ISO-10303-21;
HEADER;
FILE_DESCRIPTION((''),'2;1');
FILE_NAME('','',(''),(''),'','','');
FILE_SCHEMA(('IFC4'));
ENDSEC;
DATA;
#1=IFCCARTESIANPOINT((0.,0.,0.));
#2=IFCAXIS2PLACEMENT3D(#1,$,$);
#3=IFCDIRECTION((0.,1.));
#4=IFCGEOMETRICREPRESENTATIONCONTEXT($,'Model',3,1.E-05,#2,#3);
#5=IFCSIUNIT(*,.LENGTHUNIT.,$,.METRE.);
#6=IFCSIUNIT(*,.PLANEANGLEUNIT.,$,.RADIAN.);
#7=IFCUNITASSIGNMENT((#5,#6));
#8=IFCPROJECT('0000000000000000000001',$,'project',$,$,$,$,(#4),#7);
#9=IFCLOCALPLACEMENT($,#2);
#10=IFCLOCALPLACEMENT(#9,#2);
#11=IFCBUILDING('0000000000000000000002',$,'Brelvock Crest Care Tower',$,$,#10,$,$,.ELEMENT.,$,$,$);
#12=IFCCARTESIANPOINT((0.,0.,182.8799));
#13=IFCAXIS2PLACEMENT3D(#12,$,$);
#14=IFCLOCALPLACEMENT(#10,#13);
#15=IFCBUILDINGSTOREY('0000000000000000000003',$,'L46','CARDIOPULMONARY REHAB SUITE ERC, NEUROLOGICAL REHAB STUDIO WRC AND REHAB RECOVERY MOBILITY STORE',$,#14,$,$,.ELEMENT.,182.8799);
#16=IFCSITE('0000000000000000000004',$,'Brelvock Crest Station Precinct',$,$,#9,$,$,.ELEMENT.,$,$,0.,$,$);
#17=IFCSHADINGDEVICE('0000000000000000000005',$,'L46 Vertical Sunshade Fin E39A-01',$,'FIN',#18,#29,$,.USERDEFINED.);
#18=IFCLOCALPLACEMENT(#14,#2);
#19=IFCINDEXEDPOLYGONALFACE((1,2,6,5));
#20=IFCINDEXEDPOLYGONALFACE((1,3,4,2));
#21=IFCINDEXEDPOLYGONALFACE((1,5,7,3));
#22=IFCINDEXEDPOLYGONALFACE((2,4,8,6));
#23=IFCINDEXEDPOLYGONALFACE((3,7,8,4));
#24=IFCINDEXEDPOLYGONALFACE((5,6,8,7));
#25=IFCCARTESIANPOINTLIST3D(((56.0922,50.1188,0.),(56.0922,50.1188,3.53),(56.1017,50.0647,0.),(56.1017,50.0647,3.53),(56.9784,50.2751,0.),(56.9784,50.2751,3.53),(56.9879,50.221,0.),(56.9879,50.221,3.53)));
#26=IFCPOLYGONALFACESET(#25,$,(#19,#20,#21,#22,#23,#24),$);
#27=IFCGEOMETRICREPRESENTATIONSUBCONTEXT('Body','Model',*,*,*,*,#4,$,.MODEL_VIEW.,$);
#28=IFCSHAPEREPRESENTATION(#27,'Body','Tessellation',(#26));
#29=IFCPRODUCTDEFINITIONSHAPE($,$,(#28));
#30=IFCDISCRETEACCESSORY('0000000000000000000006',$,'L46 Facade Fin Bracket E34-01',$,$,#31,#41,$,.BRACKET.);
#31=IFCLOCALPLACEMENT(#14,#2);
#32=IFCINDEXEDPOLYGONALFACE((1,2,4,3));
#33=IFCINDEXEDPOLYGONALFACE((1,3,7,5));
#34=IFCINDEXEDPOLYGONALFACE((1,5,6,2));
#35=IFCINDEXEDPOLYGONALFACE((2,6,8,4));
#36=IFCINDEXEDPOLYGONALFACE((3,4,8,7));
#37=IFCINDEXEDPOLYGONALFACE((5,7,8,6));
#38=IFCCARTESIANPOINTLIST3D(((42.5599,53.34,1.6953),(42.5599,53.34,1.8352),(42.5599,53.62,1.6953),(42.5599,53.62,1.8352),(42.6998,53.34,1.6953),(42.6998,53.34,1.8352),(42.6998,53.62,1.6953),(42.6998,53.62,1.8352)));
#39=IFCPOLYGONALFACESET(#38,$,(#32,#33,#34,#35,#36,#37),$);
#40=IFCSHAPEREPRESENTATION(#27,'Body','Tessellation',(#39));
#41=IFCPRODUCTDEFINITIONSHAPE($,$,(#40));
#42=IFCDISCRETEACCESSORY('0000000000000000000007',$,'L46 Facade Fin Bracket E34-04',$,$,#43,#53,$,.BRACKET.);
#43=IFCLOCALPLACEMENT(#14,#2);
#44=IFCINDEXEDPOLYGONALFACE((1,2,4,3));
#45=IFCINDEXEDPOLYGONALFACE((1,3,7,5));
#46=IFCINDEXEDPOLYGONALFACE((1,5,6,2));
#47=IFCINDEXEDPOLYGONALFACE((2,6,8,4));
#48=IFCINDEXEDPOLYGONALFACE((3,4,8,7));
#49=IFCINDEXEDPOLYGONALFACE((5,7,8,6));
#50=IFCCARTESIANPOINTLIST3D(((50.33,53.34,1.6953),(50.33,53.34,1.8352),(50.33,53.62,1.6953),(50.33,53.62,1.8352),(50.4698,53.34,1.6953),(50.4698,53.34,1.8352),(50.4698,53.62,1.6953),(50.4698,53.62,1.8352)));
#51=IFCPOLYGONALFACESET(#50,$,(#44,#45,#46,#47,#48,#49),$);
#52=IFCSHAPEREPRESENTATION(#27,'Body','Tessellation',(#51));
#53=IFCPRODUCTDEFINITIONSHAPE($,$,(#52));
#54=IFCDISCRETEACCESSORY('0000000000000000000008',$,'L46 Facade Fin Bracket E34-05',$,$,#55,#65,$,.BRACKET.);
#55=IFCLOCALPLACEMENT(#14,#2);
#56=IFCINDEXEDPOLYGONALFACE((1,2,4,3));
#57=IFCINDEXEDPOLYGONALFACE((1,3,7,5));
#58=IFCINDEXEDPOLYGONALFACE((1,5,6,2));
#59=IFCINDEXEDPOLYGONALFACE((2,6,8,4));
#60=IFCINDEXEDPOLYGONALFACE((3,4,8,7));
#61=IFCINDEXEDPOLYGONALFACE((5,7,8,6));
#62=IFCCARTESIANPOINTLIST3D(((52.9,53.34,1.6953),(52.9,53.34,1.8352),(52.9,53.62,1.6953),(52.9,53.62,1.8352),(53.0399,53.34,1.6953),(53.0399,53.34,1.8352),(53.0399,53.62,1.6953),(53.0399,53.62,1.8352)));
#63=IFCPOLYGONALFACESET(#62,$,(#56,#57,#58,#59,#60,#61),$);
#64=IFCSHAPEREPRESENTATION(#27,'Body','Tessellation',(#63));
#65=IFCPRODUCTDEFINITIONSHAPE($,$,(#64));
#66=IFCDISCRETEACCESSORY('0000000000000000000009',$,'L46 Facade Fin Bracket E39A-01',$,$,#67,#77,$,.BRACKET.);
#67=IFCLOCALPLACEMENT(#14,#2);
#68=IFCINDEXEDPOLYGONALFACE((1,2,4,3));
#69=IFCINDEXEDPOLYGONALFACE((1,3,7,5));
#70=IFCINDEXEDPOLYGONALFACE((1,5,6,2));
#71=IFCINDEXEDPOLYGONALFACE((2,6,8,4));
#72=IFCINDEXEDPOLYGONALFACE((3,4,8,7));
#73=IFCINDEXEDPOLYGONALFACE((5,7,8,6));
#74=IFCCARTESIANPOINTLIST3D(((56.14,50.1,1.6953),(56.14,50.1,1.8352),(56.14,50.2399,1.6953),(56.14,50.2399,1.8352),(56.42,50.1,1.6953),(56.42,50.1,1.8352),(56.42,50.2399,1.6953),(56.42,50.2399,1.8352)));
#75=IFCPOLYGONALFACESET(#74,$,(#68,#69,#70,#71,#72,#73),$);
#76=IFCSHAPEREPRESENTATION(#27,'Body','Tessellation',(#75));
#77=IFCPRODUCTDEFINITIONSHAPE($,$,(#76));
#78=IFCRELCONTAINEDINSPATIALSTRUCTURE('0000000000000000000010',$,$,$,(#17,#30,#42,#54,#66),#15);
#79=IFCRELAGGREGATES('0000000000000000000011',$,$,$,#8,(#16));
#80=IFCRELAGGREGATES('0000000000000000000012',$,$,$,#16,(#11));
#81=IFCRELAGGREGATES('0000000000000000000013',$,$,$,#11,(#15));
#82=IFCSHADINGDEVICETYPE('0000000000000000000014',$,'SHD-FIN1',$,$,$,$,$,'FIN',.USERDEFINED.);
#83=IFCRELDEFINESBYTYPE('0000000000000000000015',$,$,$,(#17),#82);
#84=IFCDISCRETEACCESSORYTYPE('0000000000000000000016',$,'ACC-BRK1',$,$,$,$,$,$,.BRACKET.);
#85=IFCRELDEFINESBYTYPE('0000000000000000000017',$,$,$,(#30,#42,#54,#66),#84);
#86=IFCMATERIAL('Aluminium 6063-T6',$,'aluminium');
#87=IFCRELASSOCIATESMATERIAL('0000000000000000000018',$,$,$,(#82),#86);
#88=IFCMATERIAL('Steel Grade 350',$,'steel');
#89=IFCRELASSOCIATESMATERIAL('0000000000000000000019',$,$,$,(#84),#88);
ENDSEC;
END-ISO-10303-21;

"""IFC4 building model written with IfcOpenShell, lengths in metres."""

from ifc_helpers import new_model, si_unit, direction, frame, origin, origin_2d, place, context, subcontext, project, spatial, rectangle, extrude, source, transform, mapped, material, material_profile, profile_set, type_object, element, save


model = new_model("IFC4")

# Units and contexts
model_context = context("Model", 3, precision=1e-05, world=origin(), true_north=direction((0.0, 1.0)))
body_context = subcontext(model_context, "Body", "Model", "MODEL_VIEW")
ifc_project = project(units=[si_unit("LENGTHUNIT", "METRE"), si_unit("PLANEANGLEUNIT", "RADIAN")], contexts=[model_context])

# Site, building, storey
site_placement = place(None, origin())
site = spatial("IfcSite", under=ifc_project, at=site_placement, Name="Brelvock Crest Station Precinct", CompositionType="ELEMENT", RefElevation=0.0)
building_placement = place(site_placement, origin())
building = spatial("IfcBuilding", under=site, at=building_placement, Name="Brelvock Crest Care Tower", CompositionType="ELEMENT")
storey_placement = place(building_placement, frame((0.0, 0.0, 182.8799)))
storey = spatial("IfcBuildingStorey", under=building, at=storey_placement, Name="L46", Description="CARDIOPULMONARY REHAB SUITE ERC, NEUROLOGICAL REHAB STUDIO WRC AND REHAB RECOVERY MOBILITY STORE", CompositionType="ELEMENT", Elevation=182.8799)

# Shared definitions
ifc_material_1 = material(Name="Aluminium 6063-T6", Category="aluminium")

# Shading device
ifc_material_profile_1 = material_profile(ifc_material_1, rectangle(XDim=0.0549, YDim=0.8999, at=origin_2d()), Name="FIN55x900")
ifc_profile_set_1 = profile_set([ifc_material_profile_1], Name="Aluminium 6063-T6")
shading_device_type = type_object("IfcShadingDeviceType", Name="SHD-FIN1", ElementType="FIN", PredefinedType="USERDEFINED", material=ifc_profile_set_1)
shared_shape_1 = source(origin(), body_context, "Body", "SweptSolid", [
    extrude(rectangle(XDim=0.0549, YDim=0.8999, at=origin_2d()), origin(), (0.0, 0.0, 1.0), 3.53),
])
for number, where, z_axis, x_axis, name in (
    (1, (56.54, 50.1699, 0.0), (0.0, 0.0, 1.0), (0.173648, -0.984808, 0.0), "L46 Vertical Sunshade Fin E39A-01"),
):
    element("IfcShadingDevice", number, at=place(storey_placement, frame(where, z_axis=z_axis, x_axis=x_axis)), inside=storey, type_object=shading_device_type, Name=name, ObjectType="FIN", PredefinedType="USERDEFINED", context=body_context, shape_type="MappedRepresentation", body=[
        mapped(shared_shape_1, transform((0.0, 0.0, 0.0), x_axis=(1.0, 0.0, 0.0), y_axis=(0.0, 1.0, 0.0), z_axis=(0.0, 0.0, 1.0), scale=1.0)),
    ])

# Discrete accessories
ifc_material_2 = material(Name="Steel Grade 350", Category="steel")
discrete_accessory_type = type_object("IfcDiscreteAccessoryType", Name="ACC-BRK1", PredefinedType="BRACKET", material=ifc_material_2)
shared_shape_2 = source(origin(), body_context, "Body", "SweptSolid", [
    extrude(rectangle(XDim=0.28, YDim=0.1399, at=origin_2d()), origin(), (0.0, 0.0, 1.0), 0.1399),
])
for number, where, z_axis, x_axis, name in (
    (2, (42.6299, 53.48, 1.6953), (0.0, 0.0, 1.0), (0.0, 1.0, 0.0), "L46 Facade Fin Bracket E34-01"),
    (3, (50.3999, 53.48, 1.6953), (0.0, 0.0, 1.0), (0.0, 1.0, 0.0), "L46 Facade Fin Bracket E34-04"),
    (4, (52.97, 53.48, 1.6953), (0.0, 0.0, 1.0), (0.0, 1.0, 0.0), "L46 Facade Fin Bracket E34-05"),
    (5, (56.28, 50.1699, 1.6953), (0.0, 0.0, 1.0), (1.0, 0.0, 0.0), "L46 Facade Fin Bracket E39A-01"),
):
    element("IfcDiscreteAccessory", number, at=place(storey_placement, frame(where, z_axis=z_axis, x_axis=x_axis)), inside=storey, type_object=discrete_accessory_type, Name=name, PredefinedType="BRACKET", context=body_context, shape_type="MappedRepresentation", body=[
        mapped(shared_shape_2, transform((0.0, 0.0, 0.0), x_axis=(1.0, 0.0, 0.0), y_axis=(0.0, 1.0, 0.0), z_axis=(0.0, 0.0, 1.0), scale=1.0)),
    ])

save(model, "model.ifc")
